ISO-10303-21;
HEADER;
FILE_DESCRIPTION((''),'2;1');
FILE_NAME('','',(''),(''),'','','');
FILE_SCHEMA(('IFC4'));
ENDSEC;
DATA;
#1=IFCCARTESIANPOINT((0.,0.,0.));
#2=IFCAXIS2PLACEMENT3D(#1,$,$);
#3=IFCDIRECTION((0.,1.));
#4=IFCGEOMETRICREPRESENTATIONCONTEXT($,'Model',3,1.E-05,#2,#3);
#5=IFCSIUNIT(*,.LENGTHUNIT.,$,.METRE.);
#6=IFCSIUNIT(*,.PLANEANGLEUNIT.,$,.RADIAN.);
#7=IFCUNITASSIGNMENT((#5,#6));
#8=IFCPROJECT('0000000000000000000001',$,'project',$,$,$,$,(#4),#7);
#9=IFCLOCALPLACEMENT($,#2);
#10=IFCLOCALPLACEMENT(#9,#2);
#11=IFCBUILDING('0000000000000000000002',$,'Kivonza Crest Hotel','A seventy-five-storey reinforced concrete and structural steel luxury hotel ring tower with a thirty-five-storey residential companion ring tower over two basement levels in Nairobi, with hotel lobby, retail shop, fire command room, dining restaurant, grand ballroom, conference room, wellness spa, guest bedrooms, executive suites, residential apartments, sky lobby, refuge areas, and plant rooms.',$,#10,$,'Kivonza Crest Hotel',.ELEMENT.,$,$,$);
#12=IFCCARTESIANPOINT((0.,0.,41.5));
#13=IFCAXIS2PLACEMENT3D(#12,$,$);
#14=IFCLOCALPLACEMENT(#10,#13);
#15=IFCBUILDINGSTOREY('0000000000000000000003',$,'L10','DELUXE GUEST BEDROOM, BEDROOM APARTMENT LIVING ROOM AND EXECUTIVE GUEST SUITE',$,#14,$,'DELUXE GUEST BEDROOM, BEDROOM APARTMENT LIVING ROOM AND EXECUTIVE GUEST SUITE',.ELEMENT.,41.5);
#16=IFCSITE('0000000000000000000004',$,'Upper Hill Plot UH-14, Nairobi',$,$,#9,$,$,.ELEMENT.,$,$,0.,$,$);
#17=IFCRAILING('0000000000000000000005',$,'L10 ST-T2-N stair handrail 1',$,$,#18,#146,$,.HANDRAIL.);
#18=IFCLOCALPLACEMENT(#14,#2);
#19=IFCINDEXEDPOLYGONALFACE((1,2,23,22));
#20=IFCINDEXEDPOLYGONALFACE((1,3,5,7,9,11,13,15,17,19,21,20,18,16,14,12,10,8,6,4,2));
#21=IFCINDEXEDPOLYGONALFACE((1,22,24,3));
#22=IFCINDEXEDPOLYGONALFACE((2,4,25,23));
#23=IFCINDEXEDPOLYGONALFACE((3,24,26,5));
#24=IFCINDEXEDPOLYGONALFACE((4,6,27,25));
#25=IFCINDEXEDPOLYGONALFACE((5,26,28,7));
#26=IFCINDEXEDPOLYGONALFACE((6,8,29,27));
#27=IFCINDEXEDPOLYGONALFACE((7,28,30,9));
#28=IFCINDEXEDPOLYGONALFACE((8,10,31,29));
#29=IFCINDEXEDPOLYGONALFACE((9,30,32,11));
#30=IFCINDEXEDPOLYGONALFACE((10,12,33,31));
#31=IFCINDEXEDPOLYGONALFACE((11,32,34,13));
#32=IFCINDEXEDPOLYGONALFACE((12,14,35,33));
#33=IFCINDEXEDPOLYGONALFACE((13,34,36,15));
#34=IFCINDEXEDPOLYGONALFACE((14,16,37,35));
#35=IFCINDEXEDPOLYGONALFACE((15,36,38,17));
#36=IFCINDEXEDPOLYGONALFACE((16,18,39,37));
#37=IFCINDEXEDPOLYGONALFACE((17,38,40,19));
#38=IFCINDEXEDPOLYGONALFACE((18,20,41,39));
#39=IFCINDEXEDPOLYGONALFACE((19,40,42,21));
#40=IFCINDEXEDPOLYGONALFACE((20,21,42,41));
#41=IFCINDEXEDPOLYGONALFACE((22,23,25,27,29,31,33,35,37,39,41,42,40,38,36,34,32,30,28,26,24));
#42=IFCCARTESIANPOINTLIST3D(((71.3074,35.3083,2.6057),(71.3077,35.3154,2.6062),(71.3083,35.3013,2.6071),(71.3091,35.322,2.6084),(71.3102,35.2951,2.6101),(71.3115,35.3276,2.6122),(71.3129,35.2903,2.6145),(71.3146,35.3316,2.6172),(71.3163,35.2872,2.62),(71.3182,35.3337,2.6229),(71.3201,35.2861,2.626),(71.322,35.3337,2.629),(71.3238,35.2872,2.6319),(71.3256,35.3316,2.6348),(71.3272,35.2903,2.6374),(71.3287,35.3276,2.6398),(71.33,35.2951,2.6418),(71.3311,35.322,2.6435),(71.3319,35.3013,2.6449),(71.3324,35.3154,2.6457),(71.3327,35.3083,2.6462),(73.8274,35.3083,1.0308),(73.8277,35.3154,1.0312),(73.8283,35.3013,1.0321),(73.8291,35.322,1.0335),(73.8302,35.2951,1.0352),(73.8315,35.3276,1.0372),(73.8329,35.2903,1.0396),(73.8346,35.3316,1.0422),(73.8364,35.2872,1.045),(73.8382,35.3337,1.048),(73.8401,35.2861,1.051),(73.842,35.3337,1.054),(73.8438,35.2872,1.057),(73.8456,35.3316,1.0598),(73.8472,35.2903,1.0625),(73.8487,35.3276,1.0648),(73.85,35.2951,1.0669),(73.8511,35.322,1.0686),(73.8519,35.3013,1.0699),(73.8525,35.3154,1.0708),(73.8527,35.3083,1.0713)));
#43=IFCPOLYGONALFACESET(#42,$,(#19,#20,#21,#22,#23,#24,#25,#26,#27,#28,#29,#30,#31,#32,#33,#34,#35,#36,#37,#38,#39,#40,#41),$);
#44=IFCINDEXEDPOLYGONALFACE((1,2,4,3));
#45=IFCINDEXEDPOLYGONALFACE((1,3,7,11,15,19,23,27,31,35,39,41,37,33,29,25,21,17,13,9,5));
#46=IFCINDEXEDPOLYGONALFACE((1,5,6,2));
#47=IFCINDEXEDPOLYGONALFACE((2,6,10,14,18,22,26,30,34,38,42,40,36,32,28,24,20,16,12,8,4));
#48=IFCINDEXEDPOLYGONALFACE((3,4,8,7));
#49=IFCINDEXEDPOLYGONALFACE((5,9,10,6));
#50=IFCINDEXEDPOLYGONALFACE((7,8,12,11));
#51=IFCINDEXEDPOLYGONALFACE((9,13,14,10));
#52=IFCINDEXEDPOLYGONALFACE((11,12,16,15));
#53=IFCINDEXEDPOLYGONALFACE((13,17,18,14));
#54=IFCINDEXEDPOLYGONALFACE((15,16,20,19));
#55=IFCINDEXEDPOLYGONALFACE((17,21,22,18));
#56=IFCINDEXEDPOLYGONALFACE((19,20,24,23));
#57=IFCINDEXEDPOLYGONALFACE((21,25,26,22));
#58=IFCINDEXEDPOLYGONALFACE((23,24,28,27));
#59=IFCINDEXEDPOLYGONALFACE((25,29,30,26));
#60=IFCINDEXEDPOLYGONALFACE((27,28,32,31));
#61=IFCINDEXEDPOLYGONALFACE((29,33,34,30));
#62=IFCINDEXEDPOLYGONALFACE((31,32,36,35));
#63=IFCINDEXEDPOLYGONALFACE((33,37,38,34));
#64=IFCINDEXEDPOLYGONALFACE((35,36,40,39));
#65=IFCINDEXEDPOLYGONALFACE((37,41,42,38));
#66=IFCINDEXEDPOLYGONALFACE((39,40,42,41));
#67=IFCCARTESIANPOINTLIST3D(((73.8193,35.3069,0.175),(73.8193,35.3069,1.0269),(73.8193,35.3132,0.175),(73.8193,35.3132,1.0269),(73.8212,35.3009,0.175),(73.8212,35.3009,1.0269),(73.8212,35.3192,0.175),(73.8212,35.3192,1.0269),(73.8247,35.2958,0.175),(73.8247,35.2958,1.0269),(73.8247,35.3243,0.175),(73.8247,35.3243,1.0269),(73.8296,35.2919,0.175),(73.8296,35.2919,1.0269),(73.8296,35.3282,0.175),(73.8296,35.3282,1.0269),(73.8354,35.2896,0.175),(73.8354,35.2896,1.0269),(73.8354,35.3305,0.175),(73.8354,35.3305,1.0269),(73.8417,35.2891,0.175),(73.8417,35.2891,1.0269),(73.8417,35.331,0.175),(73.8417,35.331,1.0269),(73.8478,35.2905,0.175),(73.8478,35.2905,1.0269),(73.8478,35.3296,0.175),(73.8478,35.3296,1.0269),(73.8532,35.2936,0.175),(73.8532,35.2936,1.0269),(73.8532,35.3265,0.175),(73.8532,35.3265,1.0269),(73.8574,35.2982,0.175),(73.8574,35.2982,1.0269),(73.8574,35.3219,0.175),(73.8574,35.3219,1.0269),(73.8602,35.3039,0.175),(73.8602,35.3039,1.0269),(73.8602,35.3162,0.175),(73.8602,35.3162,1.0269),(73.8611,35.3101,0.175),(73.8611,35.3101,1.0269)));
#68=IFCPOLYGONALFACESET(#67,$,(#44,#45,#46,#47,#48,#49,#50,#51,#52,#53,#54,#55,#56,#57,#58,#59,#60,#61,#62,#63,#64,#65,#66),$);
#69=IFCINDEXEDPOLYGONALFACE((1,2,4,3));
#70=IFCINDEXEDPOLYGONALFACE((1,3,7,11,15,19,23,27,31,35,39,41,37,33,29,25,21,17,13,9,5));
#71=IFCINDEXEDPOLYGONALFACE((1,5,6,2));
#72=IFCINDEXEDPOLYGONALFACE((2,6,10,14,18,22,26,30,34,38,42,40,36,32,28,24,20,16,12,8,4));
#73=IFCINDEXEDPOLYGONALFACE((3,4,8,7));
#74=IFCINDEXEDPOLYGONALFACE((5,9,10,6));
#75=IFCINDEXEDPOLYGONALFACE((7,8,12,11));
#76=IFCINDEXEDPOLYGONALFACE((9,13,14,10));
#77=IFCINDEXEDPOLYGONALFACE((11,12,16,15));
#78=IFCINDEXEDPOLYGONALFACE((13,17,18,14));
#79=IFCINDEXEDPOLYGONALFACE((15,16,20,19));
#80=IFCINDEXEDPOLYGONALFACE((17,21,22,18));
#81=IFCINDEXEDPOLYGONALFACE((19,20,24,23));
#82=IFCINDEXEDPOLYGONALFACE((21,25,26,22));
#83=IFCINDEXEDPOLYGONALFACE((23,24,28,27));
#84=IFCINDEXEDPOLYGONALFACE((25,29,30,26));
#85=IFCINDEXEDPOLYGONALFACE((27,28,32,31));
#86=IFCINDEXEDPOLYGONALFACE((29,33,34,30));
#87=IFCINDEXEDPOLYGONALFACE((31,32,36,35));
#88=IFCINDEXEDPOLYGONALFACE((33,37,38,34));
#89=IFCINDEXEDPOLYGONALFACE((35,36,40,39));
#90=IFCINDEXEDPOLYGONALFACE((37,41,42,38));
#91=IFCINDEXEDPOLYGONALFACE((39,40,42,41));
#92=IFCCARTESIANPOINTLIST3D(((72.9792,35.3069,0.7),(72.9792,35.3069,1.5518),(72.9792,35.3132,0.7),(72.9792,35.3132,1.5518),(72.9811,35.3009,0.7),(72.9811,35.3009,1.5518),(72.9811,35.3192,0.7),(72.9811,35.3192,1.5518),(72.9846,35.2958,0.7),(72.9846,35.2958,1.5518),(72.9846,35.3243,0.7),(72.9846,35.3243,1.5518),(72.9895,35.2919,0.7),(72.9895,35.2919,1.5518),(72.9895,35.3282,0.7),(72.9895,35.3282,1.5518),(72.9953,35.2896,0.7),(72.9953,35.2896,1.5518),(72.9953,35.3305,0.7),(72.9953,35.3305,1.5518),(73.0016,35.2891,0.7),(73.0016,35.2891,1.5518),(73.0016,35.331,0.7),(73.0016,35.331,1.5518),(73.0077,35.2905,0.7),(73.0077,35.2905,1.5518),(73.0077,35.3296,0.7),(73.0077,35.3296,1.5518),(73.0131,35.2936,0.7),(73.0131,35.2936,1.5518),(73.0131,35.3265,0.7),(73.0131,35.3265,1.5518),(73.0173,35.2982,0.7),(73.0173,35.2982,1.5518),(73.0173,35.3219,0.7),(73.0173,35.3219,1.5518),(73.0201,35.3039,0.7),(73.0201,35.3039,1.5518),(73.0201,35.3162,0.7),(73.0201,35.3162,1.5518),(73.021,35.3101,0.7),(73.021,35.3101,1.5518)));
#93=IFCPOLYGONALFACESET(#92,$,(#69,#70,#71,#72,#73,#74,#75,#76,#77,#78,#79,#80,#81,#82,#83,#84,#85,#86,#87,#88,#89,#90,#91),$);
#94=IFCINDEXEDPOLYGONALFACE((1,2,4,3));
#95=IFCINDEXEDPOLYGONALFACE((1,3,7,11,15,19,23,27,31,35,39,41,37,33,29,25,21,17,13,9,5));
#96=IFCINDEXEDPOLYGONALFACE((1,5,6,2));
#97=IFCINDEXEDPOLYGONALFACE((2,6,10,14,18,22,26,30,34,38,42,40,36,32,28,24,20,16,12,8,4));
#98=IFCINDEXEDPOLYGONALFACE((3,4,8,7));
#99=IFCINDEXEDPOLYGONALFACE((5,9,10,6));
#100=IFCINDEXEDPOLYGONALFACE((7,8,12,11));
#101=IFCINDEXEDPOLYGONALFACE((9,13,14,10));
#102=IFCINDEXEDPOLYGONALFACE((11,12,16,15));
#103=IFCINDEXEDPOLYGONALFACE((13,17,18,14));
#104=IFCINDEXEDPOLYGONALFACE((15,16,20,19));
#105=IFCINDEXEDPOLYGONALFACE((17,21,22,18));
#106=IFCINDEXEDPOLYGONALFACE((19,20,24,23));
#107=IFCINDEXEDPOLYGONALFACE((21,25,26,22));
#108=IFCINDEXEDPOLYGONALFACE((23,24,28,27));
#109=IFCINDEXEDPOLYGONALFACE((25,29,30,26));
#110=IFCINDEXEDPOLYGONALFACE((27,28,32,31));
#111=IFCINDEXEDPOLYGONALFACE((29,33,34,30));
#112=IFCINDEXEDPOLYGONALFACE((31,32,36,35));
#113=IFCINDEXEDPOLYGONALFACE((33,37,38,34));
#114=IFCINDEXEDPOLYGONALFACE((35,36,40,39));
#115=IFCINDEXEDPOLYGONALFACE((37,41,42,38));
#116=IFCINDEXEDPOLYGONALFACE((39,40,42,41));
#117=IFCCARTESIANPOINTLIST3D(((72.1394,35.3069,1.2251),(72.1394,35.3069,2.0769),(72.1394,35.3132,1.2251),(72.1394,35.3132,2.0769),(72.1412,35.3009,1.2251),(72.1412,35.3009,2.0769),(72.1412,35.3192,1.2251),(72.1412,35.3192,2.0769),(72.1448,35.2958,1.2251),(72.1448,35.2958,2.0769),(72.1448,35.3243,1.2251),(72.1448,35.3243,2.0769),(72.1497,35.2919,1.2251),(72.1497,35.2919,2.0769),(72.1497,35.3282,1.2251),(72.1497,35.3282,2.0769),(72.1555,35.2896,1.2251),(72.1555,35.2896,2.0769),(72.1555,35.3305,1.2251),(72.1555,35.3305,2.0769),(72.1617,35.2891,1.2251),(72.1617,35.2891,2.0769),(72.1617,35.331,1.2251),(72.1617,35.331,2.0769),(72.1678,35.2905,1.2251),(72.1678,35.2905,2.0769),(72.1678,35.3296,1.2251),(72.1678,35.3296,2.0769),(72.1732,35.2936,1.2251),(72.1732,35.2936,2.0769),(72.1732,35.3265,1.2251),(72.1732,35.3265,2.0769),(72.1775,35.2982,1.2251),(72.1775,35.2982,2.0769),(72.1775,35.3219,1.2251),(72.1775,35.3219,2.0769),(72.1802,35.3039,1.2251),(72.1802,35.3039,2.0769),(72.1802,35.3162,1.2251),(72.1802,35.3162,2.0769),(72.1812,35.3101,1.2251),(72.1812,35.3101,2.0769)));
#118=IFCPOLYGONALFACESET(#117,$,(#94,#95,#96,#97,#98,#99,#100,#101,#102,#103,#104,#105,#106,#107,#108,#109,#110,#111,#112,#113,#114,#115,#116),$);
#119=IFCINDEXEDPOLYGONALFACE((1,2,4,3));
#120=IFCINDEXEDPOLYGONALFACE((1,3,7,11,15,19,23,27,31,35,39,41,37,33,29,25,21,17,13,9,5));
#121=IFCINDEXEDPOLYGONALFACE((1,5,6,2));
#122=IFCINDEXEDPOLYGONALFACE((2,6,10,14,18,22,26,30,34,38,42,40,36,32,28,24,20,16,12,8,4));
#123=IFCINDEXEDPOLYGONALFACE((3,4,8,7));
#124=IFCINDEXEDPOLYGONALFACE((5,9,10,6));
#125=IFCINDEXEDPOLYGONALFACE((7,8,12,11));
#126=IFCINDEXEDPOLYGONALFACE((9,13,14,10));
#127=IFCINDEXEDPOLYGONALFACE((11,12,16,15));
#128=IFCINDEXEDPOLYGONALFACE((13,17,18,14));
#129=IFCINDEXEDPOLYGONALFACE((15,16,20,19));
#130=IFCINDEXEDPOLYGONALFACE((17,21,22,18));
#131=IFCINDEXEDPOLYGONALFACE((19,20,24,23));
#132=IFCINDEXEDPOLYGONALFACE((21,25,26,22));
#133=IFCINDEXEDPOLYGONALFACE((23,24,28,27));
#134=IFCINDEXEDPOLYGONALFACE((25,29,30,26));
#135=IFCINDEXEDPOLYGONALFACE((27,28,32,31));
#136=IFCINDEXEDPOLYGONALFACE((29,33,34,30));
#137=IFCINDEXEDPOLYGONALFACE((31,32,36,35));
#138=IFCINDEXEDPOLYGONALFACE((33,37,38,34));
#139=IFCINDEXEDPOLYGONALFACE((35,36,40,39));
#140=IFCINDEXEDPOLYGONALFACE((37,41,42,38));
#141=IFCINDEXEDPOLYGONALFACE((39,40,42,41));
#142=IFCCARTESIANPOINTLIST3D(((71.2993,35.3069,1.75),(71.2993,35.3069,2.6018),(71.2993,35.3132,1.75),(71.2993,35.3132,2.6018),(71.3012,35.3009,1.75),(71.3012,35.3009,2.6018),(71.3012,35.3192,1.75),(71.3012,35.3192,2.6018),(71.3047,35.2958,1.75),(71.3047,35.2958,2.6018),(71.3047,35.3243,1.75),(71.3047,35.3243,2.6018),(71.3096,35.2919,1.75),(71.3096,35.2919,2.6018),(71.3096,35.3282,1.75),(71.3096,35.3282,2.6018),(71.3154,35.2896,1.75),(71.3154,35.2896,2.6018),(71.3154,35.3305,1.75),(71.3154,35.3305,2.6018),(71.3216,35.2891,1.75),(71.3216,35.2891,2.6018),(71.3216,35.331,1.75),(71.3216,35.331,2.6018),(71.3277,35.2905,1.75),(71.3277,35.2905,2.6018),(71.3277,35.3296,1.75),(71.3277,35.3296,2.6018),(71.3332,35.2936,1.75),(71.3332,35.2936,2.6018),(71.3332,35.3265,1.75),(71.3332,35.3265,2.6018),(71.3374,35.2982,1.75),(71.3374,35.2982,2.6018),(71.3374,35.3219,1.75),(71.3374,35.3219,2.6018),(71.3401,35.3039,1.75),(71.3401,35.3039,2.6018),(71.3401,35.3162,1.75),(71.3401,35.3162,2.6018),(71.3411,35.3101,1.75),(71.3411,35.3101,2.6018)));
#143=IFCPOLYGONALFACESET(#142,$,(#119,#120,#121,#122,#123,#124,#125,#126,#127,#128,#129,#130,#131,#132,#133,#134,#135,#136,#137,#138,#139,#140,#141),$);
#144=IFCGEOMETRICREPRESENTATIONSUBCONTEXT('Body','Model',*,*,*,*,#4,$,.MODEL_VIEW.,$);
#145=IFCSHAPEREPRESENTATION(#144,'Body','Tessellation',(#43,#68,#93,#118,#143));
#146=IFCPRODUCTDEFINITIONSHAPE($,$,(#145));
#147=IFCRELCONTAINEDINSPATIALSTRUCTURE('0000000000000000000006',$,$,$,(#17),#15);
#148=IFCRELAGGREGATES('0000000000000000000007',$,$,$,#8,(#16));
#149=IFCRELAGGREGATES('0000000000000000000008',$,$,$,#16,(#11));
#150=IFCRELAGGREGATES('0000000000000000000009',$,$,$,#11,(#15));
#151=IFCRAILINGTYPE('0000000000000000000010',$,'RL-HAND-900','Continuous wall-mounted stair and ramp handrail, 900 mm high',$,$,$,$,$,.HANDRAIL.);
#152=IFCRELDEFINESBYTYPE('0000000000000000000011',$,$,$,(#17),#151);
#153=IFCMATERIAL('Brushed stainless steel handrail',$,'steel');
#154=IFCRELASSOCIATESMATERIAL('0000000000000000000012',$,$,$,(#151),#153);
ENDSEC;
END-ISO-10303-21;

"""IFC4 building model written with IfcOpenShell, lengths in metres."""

from ifc_helpers import new_model, si_unit, direction, frame, origin, origin_2d, place, context, subcontext, project, spatial, circle, extrude, material, type_object, element, save


model = new_model("IFC4")

# Units and contexts
model_context = context("Model", 3, precision=1e-05, world=origin(), true_north=direction((0.0, 1.0)))
body_context = subcontext(model_context, "Body", "Model", "MODEL_VIEW")
ifc_project = project(units=[si_unit("LENGTHUNIT", "METRE"), si_unit("PLANEANGLEUNIT", "RADIAN")], contexts=[model_context])

# Site, building, storey
site_placement = place(None, origin())
site = spatial("IfcSite", under=ifc_project, at=site_placement, Name="Upper Hill Plot UH-14, Nairobi", CompositionType="ELEMENT", RefElevation=0.0)
building_placement = place(site_placement, origin())
building = spatial("IfcBuilding", under=site, at=building_placement, Name="Kivonza Crest Hotel", Description="A seventy-five-storey reinforced concrete and structural steel luxury hotel ring tower with a thirty-five-storey residential companion ring tower over two basement levels in Nairobi, with hotel lobby, retail shop, fire command room, dining restaurant, grand ballroom, conference room, wellness spa, guest bedrooms, executive suites, residential apartments, sky lobby, refuge areas, and plant rooms.", LongName="Kivonza Crest Hotel", CompositionType="ELEMENT")
storey_placement = place(building_placement, frame((0.0, 0.0, 41.5)))
storey = spatial("IfcBuildingStorey", under=building, at=storey_placement, Name="L10", Description="DELUXE GUEST BEDROOM, BEDROOM APARTMENT LIVING ROOM AND EXECUTIVE GUEST SUITE", LongName="DELUXE GUEST BEDROOM, BEDROOM APARTMENT LIVING ROOM AND EXECUTIVE GUEST SUITE", CompositionType="ELEMENT", Elevation=41.5)

# Railing
ifc_material_1 = material(Name="Brushed stainless steel handrail", Category="steel")
railing_type = type_object("IfcRailingType", Name="RL-HAND-900", Description="Continuous wall-mounted stair and ramp handrail, 900 mm high", PredefinedType="HANDRAIL", material=ifc_material_1)
railing_placement = place(storey_placement, frame((73.8401, 35.3101, 0.175)))
element("IfcRailing", 1, at=railing_placement, inside=storey, type_object=railing_type, Name="L10 ST-T2-N stair handrail 1", PredefinedType="HANDRAIL", context=body_context, shape_type="SweptSolid", body=[
    extrude(circle(Radius=0.0239, at=origin_2d()), frame((0.0, 0.0, 0.876), z_axis=(-0.848008, 0.0, 0.529984), x_axis=(0.0, -1.0, 0.0)), (0.0, 0.0, 1.0), 2.9717),
    extrude(circle(Radius=0.021, at=origin_2d()), origin(), (0.0, 0.0, 1.0), 0.8518),
    extrude(circle(Radius=0.021, at=origin_2d()), frame((-0.8401, 0.0, 0.5249)), (0.0, 0.0, 1.0), 0.8518),
    extrude(circle(Radius=0.021, at=origin_2d()), frame((-1.6799, 0.0, 1.05)), (0.0, 0.0, 1.0), 0.8518),
    extrude(circle(Radius=0.021, at=origin_2d()), frame((-2.52, 0.0, 1.575)), (0.0, 0.0, 1.0), 0.8518),
])

save(model, "model.ifc")
